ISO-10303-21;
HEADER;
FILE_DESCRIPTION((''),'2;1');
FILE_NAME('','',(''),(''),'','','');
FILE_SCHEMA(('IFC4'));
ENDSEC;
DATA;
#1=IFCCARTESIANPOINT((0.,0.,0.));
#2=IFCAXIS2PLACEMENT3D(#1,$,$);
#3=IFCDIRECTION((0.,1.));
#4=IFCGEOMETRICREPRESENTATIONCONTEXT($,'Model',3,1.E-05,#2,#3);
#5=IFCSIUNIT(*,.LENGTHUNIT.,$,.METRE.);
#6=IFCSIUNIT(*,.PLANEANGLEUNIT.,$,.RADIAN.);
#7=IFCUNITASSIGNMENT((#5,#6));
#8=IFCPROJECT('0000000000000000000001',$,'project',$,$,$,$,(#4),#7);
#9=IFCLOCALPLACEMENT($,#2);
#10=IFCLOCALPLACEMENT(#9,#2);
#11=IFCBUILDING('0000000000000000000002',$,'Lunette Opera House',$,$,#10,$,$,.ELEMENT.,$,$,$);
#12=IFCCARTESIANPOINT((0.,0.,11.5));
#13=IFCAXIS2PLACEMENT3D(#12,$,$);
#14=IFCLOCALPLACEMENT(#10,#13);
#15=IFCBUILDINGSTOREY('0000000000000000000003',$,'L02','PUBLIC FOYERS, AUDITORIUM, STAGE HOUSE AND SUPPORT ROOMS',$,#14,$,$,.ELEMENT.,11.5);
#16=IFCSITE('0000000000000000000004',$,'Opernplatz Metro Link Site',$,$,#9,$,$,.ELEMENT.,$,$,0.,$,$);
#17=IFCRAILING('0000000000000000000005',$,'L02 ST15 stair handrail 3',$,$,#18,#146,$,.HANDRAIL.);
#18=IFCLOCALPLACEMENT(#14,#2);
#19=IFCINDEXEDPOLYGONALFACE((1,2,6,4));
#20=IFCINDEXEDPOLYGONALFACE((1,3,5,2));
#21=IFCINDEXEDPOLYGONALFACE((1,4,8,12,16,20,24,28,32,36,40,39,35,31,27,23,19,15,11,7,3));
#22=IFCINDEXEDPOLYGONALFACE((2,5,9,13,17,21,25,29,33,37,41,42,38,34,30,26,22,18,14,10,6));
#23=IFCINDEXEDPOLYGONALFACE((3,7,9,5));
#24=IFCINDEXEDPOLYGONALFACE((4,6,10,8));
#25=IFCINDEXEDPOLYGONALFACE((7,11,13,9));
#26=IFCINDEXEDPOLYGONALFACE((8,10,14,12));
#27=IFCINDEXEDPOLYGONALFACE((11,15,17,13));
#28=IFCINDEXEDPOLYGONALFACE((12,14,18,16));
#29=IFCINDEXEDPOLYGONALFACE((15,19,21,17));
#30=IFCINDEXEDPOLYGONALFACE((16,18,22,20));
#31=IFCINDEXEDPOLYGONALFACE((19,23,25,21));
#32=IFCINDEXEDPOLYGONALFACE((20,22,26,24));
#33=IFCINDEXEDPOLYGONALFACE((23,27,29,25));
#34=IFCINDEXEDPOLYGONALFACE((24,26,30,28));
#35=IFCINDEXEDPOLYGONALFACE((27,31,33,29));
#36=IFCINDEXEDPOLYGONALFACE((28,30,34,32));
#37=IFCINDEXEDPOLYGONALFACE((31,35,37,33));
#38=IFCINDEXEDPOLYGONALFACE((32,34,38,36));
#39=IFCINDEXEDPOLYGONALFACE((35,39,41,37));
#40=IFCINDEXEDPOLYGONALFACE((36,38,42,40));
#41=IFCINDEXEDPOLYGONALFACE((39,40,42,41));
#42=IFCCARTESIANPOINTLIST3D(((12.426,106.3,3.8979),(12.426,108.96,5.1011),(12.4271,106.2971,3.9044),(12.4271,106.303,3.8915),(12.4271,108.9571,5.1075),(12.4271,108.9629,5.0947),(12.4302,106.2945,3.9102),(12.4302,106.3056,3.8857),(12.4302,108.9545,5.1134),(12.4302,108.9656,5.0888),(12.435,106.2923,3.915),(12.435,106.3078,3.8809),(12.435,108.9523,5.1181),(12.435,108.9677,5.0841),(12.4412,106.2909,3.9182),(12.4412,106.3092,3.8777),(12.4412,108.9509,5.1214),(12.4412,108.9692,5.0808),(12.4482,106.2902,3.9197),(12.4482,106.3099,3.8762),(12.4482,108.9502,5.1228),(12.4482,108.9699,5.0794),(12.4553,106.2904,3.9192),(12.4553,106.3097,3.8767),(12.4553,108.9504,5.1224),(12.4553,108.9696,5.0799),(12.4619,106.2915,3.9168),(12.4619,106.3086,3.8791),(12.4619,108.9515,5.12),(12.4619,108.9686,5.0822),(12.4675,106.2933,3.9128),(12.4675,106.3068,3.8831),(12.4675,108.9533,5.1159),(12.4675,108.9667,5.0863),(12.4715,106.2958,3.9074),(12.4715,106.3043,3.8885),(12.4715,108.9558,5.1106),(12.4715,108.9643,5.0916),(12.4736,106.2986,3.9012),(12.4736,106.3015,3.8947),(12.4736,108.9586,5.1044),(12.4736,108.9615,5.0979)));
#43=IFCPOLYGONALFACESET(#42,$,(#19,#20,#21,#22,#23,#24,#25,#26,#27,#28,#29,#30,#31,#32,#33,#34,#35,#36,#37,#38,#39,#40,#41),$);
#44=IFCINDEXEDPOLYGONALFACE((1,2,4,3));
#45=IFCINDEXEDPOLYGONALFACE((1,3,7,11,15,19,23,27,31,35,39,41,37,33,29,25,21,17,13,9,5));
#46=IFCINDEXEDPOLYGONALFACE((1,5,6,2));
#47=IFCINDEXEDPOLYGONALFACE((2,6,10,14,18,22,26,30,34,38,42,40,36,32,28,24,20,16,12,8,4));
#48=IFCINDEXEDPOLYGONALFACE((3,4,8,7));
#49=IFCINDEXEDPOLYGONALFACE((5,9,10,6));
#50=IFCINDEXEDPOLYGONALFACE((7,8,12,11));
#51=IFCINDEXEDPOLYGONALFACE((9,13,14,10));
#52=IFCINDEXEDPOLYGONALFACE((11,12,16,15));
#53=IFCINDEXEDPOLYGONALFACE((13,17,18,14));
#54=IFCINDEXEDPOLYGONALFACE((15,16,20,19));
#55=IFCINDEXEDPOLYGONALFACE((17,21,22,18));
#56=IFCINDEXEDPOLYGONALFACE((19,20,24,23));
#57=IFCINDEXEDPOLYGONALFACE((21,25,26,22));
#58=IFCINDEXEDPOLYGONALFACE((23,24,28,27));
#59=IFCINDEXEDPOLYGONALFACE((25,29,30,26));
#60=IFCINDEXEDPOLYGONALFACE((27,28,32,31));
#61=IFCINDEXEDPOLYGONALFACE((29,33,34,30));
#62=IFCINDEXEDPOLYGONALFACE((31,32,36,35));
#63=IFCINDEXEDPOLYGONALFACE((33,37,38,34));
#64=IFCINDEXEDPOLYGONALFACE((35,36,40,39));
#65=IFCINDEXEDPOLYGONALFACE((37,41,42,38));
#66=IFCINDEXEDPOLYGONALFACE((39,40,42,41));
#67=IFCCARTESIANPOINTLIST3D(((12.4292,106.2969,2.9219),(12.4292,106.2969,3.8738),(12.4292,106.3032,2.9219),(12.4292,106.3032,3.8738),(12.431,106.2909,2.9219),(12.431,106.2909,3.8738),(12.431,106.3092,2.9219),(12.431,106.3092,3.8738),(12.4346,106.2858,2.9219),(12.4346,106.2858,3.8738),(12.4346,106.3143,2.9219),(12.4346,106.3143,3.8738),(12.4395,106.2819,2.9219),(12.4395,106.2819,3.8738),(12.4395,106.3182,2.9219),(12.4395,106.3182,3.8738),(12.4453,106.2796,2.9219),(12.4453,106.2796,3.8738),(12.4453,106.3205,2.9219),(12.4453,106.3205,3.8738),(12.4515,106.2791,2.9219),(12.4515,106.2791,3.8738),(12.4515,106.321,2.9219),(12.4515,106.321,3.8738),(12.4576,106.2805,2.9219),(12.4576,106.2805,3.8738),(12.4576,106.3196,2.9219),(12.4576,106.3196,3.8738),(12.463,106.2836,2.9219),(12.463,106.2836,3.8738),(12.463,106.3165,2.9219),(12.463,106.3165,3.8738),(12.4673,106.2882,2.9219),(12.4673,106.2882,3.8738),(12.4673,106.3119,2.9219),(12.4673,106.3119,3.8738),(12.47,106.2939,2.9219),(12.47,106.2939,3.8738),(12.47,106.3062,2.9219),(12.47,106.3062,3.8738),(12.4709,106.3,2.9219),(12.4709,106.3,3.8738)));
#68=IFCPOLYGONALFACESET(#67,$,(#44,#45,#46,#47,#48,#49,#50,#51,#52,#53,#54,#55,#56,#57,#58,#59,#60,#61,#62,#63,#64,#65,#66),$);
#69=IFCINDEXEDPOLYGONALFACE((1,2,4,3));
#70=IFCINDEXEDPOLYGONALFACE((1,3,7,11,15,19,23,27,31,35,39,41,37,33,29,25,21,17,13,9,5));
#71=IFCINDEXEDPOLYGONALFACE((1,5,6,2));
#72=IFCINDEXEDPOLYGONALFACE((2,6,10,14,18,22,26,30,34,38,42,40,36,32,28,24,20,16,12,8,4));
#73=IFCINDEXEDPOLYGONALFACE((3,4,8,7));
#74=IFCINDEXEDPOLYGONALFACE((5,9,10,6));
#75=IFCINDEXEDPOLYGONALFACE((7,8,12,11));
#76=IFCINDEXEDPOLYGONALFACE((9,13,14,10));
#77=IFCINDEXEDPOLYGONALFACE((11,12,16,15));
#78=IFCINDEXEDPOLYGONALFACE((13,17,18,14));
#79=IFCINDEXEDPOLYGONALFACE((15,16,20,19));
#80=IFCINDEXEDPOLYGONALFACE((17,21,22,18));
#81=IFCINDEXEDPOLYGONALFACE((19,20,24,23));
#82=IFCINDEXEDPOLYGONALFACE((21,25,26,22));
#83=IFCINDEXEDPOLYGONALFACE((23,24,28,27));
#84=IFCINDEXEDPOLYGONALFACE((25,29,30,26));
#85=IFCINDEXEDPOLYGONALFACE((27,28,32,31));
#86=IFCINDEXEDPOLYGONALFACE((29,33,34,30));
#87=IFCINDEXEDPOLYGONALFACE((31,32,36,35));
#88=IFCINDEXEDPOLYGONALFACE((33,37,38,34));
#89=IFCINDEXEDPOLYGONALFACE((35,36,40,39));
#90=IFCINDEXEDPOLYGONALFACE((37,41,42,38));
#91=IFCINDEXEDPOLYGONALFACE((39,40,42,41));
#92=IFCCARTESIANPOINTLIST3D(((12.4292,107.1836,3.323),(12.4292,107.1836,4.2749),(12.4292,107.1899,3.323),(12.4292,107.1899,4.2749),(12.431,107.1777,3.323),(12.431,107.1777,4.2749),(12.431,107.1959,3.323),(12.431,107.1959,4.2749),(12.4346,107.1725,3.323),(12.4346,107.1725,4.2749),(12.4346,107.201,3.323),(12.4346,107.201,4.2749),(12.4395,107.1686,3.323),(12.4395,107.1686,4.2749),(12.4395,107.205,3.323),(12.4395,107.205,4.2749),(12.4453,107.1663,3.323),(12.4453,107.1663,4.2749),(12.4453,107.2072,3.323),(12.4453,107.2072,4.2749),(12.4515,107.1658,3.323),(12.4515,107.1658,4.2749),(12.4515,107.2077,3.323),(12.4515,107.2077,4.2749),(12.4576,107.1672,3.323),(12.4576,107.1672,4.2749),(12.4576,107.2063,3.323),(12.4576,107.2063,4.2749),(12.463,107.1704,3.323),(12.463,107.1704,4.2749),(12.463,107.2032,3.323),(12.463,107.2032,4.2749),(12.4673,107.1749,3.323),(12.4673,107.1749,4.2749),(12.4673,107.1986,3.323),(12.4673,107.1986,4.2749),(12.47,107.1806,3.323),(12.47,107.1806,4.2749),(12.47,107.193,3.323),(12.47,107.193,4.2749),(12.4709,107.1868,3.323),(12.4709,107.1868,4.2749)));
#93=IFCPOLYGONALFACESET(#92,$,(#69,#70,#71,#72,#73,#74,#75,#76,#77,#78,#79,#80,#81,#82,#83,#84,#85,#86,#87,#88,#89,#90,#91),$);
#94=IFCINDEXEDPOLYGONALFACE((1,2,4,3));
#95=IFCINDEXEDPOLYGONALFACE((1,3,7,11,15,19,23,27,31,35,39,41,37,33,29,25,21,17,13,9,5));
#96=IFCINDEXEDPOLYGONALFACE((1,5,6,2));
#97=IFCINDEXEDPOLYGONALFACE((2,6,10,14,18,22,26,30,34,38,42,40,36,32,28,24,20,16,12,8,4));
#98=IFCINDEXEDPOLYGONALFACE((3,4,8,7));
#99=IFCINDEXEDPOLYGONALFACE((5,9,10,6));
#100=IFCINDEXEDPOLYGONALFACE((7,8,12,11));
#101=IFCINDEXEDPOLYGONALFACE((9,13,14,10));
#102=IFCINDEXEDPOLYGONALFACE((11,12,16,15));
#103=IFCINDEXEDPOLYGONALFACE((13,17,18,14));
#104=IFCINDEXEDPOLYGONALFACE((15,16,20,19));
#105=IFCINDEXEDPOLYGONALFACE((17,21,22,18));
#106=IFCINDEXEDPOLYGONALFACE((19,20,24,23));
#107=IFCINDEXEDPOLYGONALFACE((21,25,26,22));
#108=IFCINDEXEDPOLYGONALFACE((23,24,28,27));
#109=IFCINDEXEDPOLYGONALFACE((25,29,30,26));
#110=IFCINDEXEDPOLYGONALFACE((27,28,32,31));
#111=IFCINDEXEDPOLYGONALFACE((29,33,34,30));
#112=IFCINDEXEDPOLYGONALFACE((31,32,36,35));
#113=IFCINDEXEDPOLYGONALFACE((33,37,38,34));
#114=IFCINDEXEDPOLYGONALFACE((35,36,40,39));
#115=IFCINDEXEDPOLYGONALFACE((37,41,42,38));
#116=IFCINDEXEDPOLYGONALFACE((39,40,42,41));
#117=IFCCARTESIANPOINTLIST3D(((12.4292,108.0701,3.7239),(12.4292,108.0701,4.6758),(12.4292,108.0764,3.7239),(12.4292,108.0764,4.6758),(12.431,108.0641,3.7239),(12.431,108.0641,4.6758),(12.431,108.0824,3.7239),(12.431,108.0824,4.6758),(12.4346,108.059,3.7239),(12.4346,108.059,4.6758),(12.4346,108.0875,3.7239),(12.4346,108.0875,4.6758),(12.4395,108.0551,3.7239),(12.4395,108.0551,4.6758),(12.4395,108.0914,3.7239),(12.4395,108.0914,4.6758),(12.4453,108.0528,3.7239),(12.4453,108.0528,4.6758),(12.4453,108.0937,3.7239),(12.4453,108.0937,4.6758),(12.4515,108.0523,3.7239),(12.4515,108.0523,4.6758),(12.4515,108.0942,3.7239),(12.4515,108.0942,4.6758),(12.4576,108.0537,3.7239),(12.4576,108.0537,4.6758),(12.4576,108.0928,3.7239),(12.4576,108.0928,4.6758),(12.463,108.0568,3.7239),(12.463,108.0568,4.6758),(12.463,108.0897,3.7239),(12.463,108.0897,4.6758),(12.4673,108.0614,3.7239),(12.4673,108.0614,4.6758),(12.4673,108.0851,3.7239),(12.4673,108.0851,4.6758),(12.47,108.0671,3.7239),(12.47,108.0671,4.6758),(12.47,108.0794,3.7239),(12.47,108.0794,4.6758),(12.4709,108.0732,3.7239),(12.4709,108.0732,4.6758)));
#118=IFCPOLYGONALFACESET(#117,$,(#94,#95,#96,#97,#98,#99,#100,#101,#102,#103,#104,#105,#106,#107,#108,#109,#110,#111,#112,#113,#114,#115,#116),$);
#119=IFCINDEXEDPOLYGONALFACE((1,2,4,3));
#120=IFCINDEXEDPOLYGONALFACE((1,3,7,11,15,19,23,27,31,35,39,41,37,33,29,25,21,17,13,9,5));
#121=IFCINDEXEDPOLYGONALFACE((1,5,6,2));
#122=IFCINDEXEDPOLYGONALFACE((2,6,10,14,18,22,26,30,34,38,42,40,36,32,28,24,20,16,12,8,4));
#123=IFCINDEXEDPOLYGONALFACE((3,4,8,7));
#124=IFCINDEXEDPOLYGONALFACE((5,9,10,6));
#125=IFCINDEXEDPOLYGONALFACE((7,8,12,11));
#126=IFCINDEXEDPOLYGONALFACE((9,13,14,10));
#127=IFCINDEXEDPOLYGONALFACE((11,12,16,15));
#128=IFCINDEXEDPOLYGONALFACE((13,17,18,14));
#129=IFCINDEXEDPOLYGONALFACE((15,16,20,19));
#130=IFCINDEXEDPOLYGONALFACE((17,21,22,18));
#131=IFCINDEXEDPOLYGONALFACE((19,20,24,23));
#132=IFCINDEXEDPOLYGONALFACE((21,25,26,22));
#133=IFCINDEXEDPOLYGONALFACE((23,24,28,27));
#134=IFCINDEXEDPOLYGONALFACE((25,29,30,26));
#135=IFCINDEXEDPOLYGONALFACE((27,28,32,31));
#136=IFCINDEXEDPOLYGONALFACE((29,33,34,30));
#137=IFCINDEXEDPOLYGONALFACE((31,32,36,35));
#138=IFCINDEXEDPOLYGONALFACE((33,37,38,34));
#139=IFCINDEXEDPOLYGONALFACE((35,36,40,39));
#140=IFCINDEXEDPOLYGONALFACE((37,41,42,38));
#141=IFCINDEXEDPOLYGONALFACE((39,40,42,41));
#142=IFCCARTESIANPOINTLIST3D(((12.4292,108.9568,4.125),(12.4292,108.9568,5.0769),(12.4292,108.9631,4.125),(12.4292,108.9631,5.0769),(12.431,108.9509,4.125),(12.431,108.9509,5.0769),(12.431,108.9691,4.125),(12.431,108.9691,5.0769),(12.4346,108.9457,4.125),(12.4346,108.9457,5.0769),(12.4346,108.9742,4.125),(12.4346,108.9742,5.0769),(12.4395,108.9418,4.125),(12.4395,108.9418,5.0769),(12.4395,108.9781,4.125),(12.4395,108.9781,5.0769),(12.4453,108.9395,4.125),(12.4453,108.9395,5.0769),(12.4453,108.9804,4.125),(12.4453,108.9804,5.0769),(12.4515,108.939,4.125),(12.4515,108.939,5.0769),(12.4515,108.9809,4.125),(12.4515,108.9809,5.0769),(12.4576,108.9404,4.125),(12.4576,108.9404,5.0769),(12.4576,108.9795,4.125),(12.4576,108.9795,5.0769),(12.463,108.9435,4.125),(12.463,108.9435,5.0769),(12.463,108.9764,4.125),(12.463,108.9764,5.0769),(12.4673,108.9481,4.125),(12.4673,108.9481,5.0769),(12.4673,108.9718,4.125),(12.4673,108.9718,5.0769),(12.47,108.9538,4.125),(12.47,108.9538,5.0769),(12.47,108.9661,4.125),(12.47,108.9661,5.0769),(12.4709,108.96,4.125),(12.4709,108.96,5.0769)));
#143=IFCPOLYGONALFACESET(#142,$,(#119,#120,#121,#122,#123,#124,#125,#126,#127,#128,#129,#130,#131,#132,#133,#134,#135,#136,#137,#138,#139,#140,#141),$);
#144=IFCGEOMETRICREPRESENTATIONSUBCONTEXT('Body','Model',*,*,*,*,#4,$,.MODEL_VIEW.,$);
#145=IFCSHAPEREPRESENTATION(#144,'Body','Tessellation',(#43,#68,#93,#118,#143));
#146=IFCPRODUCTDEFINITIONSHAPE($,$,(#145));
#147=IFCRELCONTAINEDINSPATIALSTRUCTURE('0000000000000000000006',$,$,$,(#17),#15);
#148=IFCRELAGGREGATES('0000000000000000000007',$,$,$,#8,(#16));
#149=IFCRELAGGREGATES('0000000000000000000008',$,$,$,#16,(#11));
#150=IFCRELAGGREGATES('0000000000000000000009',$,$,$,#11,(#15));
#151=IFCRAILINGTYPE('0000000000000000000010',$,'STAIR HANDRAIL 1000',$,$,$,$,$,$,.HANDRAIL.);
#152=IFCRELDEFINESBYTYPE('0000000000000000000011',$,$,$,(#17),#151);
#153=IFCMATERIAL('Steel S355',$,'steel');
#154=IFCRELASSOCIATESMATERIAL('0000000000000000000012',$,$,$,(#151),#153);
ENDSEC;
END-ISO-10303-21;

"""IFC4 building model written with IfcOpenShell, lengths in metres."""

from ifc_helpers import new_model, si_unit, direction, frame, origin, origin_2d, place, context, subcontext, project, spatial, circle, extrude, material, type_object, element, save


model = new_model("IFC4")

# Units and contexts
model_context = context("Model", 3, precision=1e-05, world=origin(), true_north=direction((0.0, 1.0)))
body_context = subcontext(model_context, "Body", "Model", "MODEL_VIEW")
ifc_project = project(units=[si_unit("LENGTHUNIT", "METRE"), si_unit("PLANEANGLEUNIT", "RADIAN")], contexts=[model_context])

# Site, building, storey
site_placement = place(None, origin())
site = spatial("IfcSite", under=ifc_project, at=site_placement, Name="Opernplatz Metro Link Site", CompositionType="ELEMENT", RefElevation=0.0)
building_placement = place(site_placement, origin())
building = spatial("IfcBuilding", under=site, at=building_placement, Name="Lunette Opera House", CompositionType="ELEMENT")
storey_placement = place(building_placement, frame((0.0, 0.0, 11.5)))
storey = spatial("IfcBuildingStorey", under=building, at=storey_placement, Name="L02", Description="PUBLIC FOYERS, AUDITORIUM, STAGE HOUSE AND SUPPORT ROOMS", CompositionType="ELEMENT", Elevation=11.5)

# Railing
ifc_material_1 = material(Name="Steel S355", Category="steel")
railing_type_1 = type_object("IfcRailingType", Name="STAIR HANDRAIL 1000", PredefinedType="HANDRAIL", material=ifc_material_1)
for number, where, name in (
    (1, (12.45, 106.3, 2.9219), "L02 ST15 stair handrail 3"),
):
    element("IfcRailing", number, at=place(storey_placement, frame(where)), inside=storey, type_object=railing_type_1, Name=name, PredefinedType="HANDRAIL", context=body_context, shape_type="SweptSolid", body=[
        extrude(circle(Radius=0.0239, at=origin_2d()), frame((0.0, 0.0, 0.9761), z_axis=(0.0, 0.91113, 0.41212), x_axis=(-1.0, 0.0, 0.0)), (0.0, 0.0, 1.0), 2.9194),
        extrude(circle(Radius=0.021, at=origin_2d()), origin(), (0.0, 0.0, 1.0), 0.9519),
        extrude(circle(Radius=0.021, at=origin_2d()), frame((0.0, 0.8867, 0.4011)), (0.0, 0.0, 1.0), 0.9519),
        extrude(circle(Radius=0.021, at=origin_2d()), frame((0.0, 1.7732, 0.802)), (0.0, 0.0, 1.0), 0.9519),
        extrude(circle(Radius=0.021, at=origin_2d()), frame((0.0, 2.6599, 1.2031)), (0.0, 0.0, 1.0), 0.9519),
    ])

save(model, "model.ifc")
